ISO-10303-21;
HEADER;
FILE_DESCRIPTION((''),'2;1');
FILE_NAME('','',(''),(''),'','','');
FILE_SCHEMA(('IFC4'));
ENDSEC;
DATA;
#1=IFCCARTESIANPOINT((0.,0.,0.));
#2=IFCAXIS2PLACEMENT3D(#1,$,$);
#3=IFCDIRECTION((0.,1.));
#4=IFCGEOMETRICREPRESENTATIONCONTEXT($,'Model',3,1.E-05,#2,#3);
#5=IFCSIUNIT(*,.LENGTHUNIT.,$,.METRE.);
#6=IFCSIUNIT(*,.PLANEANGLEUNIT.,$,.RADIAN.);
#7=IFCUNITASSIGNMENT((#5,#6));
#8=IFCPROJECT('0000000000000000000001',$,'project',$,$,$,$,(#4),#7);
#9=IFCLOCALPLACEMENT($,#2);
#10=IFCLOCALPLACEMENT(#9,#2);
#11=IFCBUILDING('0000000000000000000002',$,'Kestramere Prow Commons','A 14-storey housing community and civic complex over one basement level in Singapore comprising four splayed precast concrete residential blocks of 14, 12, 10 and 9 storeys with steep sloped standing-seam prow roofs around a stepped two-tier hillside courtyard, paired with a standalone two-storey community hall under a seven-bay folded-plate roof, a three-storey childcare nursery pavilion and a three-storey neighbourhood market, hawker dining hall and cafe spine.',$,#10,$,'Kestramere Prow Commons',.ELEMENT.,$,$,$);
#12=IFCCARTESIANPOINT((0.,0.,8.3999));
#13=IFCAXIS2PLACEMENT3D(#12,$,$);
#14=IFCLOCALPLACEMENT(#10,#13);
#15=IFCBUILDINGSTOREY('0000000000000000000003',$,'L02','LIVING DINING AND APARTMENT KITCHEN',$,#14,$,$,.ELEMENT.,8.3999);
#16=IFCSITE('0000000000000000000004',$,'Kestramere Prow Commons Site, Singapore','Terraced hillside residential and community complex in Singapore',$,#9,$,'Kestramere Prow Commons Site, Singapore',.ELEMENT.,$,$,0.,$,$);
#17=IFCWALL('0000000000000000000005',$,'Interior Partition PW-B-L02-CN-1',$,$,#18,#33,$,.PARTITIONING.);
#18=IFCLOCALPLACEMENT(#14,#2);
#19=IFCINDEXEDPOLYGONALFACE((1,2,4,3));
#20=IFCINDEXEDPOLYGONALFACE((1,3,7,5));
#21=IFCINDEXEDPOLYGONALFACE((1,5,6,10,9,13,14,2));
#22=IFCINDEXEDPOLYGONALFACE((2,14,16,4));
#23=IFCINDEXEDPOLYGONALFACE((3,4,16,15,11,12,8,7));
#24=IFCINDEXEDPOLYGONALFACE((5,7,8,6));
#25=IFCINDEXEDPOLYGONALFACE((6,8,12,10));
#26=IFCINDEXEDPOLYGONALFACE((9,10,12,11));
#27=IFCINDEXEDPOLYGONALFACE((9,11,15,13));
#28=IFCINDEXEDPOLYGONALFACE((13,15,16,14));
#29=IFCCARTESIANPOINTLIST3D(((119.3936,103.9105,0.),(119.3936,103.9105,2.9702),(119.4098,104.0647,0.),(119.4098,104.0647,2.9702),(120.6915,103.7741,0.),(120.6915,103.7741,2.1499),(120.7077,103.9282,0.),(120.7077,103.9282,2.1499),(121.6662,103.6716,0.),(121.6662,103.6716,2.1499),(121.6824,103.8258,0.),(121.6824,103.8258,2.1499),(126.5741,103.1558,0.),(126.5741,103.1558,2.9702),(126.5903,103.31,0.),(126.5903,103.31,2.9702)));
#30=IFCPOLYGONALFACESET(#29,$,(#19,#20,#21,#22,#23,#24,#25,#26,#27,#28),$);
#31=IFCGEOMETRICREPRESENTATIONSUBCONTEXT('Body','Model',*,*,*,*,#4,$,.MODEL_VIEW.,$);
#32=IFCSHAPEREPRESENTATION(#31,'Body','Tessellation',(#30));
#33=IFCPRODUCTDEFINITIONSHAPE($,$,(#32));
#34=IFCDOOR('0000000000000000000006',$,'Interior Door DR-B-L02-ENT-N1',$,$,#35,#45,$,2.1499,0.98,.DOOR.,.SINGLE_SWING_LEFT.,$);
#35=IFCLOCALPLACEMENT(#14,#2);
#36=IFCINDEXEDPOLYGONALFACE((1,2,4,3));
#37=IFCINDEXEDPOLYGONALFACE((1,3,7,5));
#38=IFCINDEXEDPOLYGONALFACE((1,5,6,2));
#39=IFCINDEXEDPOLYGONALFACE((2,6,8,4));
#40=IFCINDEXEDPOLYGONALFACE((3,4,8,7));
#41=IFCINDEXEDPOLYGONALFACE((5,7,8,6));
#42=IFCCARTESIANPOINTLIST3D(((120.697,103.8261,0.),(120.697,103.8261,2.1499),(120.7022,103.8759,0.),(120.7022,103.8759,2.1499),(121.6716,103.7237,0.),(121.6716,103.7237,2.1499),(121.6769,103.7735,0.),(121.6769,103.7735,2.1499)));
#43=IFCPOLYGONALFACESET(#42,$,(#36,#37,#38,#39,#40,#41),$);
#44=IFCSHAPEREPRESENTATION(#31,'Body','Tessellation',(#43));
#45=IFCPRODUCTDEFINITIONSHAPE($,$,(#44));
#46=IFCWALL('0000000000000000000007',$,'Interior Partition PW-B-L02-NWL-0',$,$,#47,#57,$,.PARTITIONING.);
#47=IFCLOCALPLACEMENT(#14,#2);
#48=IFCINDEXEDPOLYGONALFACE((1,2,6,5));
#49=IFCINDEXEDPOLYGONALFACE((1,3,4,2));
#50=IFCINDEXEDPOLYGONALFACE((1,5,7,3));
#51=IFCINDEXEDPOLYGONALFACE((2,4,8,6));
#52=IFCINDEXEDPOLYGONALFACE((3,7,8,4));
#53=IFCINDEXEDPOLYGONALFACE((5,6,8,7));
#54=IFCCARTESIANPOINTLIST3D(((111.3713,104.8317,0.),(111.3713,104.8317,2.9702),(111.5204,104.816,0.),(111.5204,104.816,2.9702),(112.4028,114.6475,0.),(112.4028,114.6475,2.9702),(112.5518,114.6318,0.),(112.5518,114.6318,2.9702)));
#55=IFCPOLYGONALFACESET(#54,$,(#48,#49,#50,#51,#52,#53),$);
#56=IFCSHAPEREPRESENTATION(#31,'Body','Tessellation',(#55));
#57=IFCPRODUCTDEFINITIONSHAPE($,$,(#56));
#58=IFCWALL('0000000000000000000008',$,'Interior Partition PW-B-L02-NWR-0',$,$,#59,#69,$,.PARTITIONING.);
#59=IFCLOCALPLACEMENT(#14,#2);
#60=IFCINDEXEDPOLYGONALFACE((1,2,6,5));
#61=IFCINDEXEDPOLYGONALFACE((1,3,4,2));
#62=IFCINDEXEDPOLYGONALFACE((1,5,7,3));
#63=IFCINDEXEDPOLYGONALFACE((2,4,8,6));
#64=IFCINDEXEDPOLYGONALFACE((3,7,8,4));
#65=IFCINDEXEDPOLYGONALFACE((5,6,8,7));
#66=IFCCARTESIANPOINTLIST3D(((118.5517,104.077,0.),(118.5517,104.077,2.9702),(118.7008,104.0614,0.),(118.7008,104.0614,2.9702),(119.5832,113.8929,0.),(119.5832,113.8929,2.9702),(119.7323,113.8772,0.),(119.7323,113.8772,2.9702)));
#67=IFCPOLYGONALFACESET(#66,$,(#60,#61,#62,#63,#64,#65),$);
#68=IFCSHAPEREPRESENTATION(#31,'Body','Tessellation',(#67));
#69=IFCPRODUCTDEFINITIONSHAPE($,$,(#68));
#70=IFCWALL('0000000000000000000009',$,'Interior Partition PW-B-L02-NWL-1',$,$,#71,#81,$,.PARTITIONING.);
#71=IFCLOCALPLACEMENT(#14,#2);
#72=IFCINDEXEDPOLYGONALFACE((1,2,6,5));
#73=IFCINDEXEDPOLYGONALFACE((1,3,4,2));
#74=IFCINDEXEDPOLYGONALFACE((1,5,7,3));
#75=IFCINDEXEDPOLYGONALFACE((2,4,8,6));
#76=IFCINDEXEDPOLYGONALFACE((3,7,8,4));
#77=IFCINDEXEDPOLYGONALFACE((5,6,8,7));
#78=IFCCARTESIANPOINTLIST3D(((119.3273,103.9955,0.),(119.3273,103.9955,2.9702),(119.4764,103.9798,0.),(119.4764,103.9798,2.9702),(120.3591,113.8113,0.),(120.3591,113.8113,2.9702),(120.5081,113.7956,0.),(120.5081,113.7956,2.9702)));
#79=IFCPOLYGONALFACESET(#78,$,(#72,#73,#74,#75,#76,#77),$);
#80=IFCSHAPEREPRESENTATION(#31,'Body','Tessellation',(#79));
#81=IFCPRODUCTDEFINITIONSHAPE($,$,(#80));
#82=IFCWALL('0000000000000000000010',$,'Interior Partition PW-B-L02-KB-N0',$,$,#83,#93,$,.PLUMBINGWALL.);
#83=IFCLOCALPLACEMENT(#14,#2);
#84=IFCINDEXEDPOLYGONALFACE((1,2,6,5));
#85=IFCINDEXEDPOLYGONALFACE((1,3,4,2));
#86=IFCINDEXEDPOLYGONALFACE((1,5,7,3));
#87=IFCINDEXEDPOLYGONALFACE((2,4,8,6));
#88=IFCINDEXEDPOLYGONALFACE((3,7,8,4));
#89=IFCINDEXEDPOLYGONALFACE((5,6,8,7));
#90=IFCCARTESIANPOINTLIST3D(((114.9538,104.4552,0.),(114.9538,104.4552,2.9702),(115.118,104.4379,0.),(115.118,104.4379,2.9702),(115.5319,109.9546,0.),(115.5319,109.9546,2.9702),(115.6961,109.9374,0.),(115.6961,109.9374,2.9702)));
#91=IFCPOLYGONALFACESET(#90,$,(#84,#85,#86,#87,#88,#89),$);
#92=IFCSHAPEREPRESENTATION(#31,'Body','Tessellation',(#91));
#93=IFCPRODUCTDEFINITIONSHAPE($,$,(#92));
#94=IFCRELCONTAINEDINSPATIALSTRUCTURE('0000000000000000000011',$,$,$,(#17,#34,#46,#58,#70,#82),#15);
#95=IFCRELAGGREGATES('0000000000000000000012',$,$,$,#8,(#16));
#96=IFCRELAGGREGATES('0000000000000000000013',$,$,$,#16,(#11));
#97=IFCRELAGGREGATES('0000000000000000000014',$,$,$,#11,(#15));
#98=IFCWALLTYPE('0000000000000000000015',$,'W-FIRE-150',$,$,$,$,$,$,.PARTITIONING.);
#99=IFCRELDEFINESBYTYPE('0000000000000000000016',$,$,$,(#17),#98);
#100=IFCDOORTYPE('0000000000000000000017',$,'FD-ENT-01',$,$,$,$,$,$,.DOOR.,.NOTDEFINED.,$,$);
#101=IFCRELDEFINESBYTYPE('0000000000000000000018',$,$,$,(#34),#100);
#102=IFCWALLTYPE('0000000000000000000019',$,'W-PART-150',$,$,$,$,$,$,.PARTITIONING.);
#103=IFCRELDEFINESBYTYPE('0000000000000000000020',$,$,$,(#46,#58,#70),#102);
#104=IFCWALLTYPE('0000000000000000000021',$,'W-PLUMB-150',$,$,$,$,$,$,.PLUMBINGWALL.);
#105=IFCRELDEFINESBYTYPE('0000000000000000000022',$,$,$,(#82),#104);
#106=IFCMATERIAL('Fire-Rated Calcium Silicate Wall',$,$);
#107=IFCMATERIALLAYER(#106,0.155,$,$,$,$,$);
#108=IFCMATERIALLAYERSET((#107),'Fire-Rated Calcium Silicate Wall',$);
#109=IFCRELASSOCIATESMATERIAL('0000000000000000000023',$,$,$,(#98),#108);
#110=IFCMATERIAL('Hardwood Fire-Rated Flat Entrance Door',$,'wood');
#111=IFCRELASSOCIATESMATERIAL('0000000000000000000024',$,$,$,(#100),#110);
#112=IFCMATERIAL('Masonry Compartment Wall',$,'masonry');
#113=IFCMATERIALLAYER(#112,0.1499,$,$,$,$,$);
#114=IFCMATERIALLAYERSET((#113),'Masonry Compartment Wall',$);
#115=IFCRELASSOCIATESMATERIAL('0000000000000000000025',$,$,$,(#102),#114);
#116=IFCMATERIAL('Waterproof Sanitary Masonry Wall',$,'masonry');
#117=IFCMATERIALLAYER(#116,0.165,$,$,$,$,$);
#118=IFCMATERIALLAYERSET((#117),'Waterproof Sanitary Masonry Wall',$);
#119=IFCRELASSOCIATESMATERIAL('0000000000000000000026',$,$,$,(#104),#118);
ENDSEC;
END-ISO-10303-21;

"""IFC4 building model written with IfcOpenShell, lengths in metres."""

from ifc_helpers import new_model, si_unit, direction, frame, frame_2d, origin, place, context, subcontext, project, spatial, rectangle, extrude, material, layer, layer_set, type_object, element, fill, save


model = new_model("IFC4")

# Units and contexts
model_context = context("Model", 3, precision=1e-05, world=origin(), true_north=direction((0.0, 1.0)))
body_context = subcontext(model_context, "Body", "Model", "MODEL_VIEW")
ifc_project = project(units=[si_unit("LENGTHUNIT", "METRE"), si_unit("PLANEANGLEUNIT", "RADIAN")], contexts=[model_context])

# Site, building, storey
site_placement = place(None, origin())
site = spatial("IfcSite", under=ifc_project, at=site_placement, Name="Kestramere Prow Commons Site, Singapore", Description="Terraced hillside residential and community complex in Singapore", LongName="Kestramere Prow Commons Site, Singapore", CompositionType="ELEMENT", RefElevation=0.0)
building_placement = place(site_placement, origin())
building = spatial("IfcBuilding", under=site, at=building_placement, Name="Kestramere Prow Commons", Description="A 14-storey housing community and civic complex over one basement level in Singapore comprising four splayed precast concrete residential blocks of 14, 12, 10 and 9 storeys with steep sloped standing-seam prow roofs around a stepped two-tier hillside courtyard, paired with a standalone two-storey community hall under a seven-bay folded-plate roof, a three-storey childcare nursery pavilion and a three-storey neighbourhood market, hawker dining hall and cafe spine.", LongName="Kestramere Prow Commons", CompositionType="ELEMENT")
storey_placement = place(building_placement, frame((0.0, 0.0, 8.3999)))
storey = spatial("IfcBuildingStorey", under=building, at=storey_placement, Name="L02", Description="LIVING DINING AND APARTMENT KITCHEN", CompositionType="ELEMENT", Elevation=8.3999)

# Wall, opening, door
ifc_material_1 = material(Name="Fire-Rated Calcium Silicate Wall")
ifc_layer_1 = layer(ifc_material_1, 0.155)
ifc_layer_set_1 = layer_set([ifc_layer_1], Name="Fire-Rated Calcium Silicate Wall")
wall_type_1 = type_object("IfcWallType", Name="W-FIRE-150", PredefinedType="PARTITIONING", material=ifc_layer_set_1)
ifc_material_2 = material(Name="Hardwood Fire-Rated Flat Entrance Door", Category="wood")
wall_1_placement = place(storey_placement, frame((119.4019, 103.9875, 0.0), z_axis=(0.0, 0.0, 1.0), x_axis=(0.994523, -0.104521, 0.0)))
wall_1 = element("IfcWall", 1, at=wall_1_placement, inside=storey, type_object=wall_type_1, Name="Interior Partition PW-B-L02-CN-1", PredefinedType="PARTITIONING", context=body_context, shape_type="SweptSolid", body=[
    extrude(rectangle(XDim=7.22, YDim=0.155, at=frame_2d((3.6099, 0.0))), origin(), (0.0, 0.0, 1.0), 2.9702),
])
opening_1_placement = place(wall_1_placement, frame((1.3049, 0.0, 0.0)))
opening_1 = element("IfcOpeningElement", 2, at=opening_1_placement, cuts=wall_1, PredefinedType="OPENING", context=body_context, shape_type="SweptSolid", body=[
    extrude(rectangle(XDim=0.98, YDim=2.1499, at=frame_2d((0.49, 1.075))), frame((0.0, 0.0925, 0.0), z_axis=(0.0, -1.0, 0.0), x_axis=(1.0, 0.0, 0.0)), (0.0, 0.0, 1.0), 0.1851),
])
door_type_1 = type_object("IfcDoorType", Name="FD-ENT-01", OperationType="NOTDEFINED", PredefinedType="DOOR", material=ifc_material_2)
door_1_placement = place(opening_1_placement, origin())
door_1 = element("IfcDoor", 3, at=door_1_placement, inside=storey, type_object=door_type_1, Name="Interior Door DR-B-L02-ENT-N1", OperationType="SINGLE_SWING_LEFT", OverallHeight=2.1499, OverallWidth=0.98, PredefinedType="DOOR", context=body_context, shape_type="SweptSolid", body=[
    extrude(rectangle(XDim=0.98, YDim=2.1499, at=frame_2d((0.49, 1.075))), frame((0.0, 0.0249, 0.0), z_axis=(0.0, -1.0, 0.0), x_axis=(1.0, 0.0, 0.0)), (0.0, 0.0, 1.0), 0.05),
])
fill(opening_1, door_1)

# Walls
ifc_material_3 = material(Name="Masonry Compartment Wall", Category="masonry")
ifc_layer_2 = layer(ifc_material_3, 0.1499)
ifc_layer_set_2 = layer_set([ifc_layer_2], Name="Masonry Compartment Wall")
wall_type_2 = type_object("IfcWallType", Name="W-PART-150", PredefinedType="PARTITIONING", material=ifc_layer_set_2)
for number, where, z_axis, x_axis, name in (
    (4, (111.4458, 104.8237, 0.0), (0.0, 0.0, 1.0), (0.104508, 0.994524, 0.0), "Interior Partition PW-B-L02-NWL-0"),
    (5, (118.6262, 104.0691, 0.0), (0.0, 0.0, 1.0), (0.104508, 0.994524, 0.0), "Interior Partition PW-B-L02-NWR-0"),
    (6, (119.4019, 103.9875, 0.0), (0.0, 0.0, 1.0), (0.104533, 0.994521, 0.0), "Interior Partition PW-B-L02-NWL-1"),
):
    element("IfcWall", number, at=place(storey_placement, frame(where, z_axis=z_axis, x_axis=x_axis)), inside=storey, type_object=wall_type_2, Name=name, PredefinedType="PARTITIONING", context=body_context, shape_type="SweptSolid", body=[
        extrude(rectangle(XDim=9.8699, YDim=0.1499, at=frame_2d((4.9351, 0.0))), origin(), (0.0, 0.0, 1.0), 2.9702),
    ])
ifc_material_4 = material(Name="Waterproof Sanitary Masonry Wall", Category="masonry")
ifc_layer_3 = layer(ifc_material_4, 0.165)
ifc_layer_set_3 = layer_set([ifc_layer_3], Name="Waterproof Sanitary Masonry Wall")
wall_type_3 = type_object("IfcWallType", Name="W-PLUMB-150", PredefinedType="PLUMBINGWALL", material=ifc_layer_set_3)
wall_2_placement = place(storey_placement, frame((115.0359, 104.4465, 0.0), z_axis=(0.0, 0.0, 1.0), x_axis=(0.104547, 0.99452, 0.0)))
element("IfcWall", 7, at=wall_2_placement, inside=storey, type_object=wall_type_3, Name="Interior Partition PW-B-L02-KB-N0", PredefinedType="PLUMBINGWALL", context=body_context, shape_type="SweptSolid", body=[
    extrude(rectangle(XDim=5.5298, YDim=0.165, at=frame_2d((2.7649, 0.0))), origin(), (0.0, 0.0, 1.0), 2.9702),
])

save(model, "model.ifc")
